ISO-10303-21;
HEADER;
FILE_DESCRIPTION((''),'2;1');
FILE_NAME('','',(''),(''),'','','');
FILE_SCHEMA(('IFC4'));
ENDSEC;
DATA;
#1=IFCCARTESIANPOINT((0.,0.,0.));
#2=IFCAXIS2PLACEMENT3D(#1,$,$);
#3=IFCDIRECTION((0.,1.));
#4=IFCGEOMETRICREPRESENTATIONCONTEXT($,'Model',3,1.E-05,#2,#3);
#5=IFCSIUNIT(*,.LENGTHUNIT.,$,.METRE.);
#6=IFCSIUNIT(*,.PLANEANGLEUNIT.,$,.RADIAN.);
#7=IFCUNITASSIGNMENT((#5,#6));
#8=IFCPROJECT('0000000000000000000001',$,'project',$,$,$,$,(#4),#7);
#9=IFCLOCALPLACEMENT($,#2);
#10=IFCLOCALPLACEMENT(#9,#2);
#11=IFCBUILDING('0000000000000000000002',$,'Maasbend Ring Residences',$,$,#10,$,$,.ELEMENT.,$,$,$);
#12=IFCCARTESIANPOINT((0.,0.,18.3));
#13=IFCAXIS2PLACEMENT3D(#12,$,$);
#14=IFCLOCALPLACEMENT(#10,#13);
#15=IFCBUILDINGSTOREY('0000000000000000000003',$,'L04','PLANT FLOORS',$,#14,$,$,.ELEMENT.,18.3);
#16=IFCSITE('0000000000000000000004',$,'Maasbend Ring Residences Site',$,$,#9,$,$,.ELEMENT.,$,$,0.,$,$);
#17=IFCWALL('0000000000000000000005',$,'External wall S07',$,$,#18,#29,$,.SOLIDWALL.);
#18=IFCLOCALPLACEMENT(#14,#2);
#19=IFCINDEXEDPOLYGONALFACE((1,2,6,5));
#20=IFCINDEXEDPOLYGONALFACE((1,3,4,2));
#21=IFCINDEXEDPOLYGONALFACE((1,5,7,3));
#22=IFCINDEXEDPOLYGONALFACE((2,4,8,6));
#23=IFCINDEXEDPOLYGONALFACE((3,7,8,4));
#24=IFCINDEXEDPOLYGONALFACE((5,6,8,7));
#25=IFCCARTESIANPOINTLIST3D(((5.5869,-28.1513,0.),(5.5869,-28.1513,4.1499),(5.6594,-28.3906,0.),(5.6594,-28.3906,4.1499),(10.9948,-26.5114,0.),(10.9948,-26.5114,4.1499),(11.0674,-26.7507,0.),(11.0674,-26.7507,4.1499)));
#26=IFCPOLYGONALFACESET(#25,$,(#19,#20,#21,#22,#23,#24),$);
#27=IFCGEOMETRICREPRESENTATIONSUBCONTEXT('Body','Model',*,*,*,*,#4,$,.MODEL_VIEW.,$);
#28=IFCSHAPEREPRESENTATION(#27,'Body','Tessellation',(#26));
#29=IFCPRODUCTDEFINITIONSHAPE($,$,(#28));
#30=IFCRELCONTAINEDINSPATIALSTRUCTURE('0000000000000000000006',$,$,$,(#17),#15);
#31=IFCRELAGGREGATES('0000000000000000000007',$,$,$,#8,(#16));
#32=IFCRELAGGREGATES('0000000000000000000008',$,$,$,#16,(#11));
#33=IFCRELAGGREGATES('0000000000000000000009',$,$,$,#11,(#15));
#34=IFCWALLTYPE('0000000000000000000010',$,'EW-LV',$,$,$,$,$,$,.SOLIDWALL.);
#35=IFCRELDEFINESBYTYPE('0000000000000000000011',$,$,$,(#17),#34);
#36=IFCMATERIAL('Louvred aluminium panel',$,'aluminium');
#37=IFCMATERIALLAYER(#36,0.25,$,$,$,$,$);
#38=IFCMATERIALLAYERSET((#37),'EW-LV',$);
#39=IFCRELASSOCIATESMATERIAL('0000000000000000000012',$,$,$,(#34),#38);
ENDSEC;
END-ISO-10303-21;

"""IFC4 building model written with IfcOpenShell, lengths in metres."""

from ifc_helpers import new_model, si_unit, direction, frame, frame_2d, origin, place, context, subcontext, project, spatial, rectangle, extrude, material, layer, layer_set, type_object, element, save


model = new_model("IFC4")

# Units and contexts
model_context = context("Model", 3, precision=1e-05, world=origin(), true_north=direction((0.0, 1.0)))
body_context = subcontext(model_context, "Body", "Model", "MODEL_VIEW")
ifc_project = project(units=[si_unit("LENGTHUNIT", "METRE"), si_unit("PLANEANGLEUNIT", "RADIAN")], contexts=[model_context])

# Site, building, storey
site_placement = place(None, origin())
site = spatial("IfcSite", under=ifc_project, at=site_placement, Name="Maasbend Ring Residences Site", CompositionType="ELEMENT", RefElevation=0.0)
building_placement = place(site_placement, origin())
building = spatial("IfcBuilding", under=site, at=building_placement, Name="Maasbend Ring Residences", CompositionType="ELEMENT")
storey_placement = place(building_placement, frame((0.0, 0.0, 18.3)))
storey = spatial("IfcBuildingStorey", under=building, at=storey_placement, Name="L04", Description="PLANT FLOORS", CompositionType="ELEMENT", Elevation=18.3)

# Wall
ifc_material_1 = material(Name="Louvred aluminium panel", Category="aluminium")
ifc_layer_1 = layer(ifc_material_1, 0.25)
ifc_layer_set_1 = layer_set([ifc_layer_1], Name="EW-LV")
wall_type_1 = type_object("IfcWallType", Name="EW-LV", PredefinedType="SOLIDWALL", material=ifc_layer_set_1)
wall_1_placement = place(storey_placement, frame((5.623, -28.271, 0.0), z_axis=(0.0, 0.0, 1.0), x_axis=(0.95697, 0.290188, 0.0)))
element("IfcWall", 1, at=wall_1_placement, inside=storey, type_object=wall_type_1, Name="External wall S07", PredefinedType="SOLIDWALL", context=body_context, shape_type="SweptSolid", body=[
    extrude(rectangle(XDim=5.6511, YDim=0.25, at=frame_2d((2.8257, 0.0))), origin(), (0.0, 0.0, 1.0), 4.1499),
])

save(model, "model.ifc")
